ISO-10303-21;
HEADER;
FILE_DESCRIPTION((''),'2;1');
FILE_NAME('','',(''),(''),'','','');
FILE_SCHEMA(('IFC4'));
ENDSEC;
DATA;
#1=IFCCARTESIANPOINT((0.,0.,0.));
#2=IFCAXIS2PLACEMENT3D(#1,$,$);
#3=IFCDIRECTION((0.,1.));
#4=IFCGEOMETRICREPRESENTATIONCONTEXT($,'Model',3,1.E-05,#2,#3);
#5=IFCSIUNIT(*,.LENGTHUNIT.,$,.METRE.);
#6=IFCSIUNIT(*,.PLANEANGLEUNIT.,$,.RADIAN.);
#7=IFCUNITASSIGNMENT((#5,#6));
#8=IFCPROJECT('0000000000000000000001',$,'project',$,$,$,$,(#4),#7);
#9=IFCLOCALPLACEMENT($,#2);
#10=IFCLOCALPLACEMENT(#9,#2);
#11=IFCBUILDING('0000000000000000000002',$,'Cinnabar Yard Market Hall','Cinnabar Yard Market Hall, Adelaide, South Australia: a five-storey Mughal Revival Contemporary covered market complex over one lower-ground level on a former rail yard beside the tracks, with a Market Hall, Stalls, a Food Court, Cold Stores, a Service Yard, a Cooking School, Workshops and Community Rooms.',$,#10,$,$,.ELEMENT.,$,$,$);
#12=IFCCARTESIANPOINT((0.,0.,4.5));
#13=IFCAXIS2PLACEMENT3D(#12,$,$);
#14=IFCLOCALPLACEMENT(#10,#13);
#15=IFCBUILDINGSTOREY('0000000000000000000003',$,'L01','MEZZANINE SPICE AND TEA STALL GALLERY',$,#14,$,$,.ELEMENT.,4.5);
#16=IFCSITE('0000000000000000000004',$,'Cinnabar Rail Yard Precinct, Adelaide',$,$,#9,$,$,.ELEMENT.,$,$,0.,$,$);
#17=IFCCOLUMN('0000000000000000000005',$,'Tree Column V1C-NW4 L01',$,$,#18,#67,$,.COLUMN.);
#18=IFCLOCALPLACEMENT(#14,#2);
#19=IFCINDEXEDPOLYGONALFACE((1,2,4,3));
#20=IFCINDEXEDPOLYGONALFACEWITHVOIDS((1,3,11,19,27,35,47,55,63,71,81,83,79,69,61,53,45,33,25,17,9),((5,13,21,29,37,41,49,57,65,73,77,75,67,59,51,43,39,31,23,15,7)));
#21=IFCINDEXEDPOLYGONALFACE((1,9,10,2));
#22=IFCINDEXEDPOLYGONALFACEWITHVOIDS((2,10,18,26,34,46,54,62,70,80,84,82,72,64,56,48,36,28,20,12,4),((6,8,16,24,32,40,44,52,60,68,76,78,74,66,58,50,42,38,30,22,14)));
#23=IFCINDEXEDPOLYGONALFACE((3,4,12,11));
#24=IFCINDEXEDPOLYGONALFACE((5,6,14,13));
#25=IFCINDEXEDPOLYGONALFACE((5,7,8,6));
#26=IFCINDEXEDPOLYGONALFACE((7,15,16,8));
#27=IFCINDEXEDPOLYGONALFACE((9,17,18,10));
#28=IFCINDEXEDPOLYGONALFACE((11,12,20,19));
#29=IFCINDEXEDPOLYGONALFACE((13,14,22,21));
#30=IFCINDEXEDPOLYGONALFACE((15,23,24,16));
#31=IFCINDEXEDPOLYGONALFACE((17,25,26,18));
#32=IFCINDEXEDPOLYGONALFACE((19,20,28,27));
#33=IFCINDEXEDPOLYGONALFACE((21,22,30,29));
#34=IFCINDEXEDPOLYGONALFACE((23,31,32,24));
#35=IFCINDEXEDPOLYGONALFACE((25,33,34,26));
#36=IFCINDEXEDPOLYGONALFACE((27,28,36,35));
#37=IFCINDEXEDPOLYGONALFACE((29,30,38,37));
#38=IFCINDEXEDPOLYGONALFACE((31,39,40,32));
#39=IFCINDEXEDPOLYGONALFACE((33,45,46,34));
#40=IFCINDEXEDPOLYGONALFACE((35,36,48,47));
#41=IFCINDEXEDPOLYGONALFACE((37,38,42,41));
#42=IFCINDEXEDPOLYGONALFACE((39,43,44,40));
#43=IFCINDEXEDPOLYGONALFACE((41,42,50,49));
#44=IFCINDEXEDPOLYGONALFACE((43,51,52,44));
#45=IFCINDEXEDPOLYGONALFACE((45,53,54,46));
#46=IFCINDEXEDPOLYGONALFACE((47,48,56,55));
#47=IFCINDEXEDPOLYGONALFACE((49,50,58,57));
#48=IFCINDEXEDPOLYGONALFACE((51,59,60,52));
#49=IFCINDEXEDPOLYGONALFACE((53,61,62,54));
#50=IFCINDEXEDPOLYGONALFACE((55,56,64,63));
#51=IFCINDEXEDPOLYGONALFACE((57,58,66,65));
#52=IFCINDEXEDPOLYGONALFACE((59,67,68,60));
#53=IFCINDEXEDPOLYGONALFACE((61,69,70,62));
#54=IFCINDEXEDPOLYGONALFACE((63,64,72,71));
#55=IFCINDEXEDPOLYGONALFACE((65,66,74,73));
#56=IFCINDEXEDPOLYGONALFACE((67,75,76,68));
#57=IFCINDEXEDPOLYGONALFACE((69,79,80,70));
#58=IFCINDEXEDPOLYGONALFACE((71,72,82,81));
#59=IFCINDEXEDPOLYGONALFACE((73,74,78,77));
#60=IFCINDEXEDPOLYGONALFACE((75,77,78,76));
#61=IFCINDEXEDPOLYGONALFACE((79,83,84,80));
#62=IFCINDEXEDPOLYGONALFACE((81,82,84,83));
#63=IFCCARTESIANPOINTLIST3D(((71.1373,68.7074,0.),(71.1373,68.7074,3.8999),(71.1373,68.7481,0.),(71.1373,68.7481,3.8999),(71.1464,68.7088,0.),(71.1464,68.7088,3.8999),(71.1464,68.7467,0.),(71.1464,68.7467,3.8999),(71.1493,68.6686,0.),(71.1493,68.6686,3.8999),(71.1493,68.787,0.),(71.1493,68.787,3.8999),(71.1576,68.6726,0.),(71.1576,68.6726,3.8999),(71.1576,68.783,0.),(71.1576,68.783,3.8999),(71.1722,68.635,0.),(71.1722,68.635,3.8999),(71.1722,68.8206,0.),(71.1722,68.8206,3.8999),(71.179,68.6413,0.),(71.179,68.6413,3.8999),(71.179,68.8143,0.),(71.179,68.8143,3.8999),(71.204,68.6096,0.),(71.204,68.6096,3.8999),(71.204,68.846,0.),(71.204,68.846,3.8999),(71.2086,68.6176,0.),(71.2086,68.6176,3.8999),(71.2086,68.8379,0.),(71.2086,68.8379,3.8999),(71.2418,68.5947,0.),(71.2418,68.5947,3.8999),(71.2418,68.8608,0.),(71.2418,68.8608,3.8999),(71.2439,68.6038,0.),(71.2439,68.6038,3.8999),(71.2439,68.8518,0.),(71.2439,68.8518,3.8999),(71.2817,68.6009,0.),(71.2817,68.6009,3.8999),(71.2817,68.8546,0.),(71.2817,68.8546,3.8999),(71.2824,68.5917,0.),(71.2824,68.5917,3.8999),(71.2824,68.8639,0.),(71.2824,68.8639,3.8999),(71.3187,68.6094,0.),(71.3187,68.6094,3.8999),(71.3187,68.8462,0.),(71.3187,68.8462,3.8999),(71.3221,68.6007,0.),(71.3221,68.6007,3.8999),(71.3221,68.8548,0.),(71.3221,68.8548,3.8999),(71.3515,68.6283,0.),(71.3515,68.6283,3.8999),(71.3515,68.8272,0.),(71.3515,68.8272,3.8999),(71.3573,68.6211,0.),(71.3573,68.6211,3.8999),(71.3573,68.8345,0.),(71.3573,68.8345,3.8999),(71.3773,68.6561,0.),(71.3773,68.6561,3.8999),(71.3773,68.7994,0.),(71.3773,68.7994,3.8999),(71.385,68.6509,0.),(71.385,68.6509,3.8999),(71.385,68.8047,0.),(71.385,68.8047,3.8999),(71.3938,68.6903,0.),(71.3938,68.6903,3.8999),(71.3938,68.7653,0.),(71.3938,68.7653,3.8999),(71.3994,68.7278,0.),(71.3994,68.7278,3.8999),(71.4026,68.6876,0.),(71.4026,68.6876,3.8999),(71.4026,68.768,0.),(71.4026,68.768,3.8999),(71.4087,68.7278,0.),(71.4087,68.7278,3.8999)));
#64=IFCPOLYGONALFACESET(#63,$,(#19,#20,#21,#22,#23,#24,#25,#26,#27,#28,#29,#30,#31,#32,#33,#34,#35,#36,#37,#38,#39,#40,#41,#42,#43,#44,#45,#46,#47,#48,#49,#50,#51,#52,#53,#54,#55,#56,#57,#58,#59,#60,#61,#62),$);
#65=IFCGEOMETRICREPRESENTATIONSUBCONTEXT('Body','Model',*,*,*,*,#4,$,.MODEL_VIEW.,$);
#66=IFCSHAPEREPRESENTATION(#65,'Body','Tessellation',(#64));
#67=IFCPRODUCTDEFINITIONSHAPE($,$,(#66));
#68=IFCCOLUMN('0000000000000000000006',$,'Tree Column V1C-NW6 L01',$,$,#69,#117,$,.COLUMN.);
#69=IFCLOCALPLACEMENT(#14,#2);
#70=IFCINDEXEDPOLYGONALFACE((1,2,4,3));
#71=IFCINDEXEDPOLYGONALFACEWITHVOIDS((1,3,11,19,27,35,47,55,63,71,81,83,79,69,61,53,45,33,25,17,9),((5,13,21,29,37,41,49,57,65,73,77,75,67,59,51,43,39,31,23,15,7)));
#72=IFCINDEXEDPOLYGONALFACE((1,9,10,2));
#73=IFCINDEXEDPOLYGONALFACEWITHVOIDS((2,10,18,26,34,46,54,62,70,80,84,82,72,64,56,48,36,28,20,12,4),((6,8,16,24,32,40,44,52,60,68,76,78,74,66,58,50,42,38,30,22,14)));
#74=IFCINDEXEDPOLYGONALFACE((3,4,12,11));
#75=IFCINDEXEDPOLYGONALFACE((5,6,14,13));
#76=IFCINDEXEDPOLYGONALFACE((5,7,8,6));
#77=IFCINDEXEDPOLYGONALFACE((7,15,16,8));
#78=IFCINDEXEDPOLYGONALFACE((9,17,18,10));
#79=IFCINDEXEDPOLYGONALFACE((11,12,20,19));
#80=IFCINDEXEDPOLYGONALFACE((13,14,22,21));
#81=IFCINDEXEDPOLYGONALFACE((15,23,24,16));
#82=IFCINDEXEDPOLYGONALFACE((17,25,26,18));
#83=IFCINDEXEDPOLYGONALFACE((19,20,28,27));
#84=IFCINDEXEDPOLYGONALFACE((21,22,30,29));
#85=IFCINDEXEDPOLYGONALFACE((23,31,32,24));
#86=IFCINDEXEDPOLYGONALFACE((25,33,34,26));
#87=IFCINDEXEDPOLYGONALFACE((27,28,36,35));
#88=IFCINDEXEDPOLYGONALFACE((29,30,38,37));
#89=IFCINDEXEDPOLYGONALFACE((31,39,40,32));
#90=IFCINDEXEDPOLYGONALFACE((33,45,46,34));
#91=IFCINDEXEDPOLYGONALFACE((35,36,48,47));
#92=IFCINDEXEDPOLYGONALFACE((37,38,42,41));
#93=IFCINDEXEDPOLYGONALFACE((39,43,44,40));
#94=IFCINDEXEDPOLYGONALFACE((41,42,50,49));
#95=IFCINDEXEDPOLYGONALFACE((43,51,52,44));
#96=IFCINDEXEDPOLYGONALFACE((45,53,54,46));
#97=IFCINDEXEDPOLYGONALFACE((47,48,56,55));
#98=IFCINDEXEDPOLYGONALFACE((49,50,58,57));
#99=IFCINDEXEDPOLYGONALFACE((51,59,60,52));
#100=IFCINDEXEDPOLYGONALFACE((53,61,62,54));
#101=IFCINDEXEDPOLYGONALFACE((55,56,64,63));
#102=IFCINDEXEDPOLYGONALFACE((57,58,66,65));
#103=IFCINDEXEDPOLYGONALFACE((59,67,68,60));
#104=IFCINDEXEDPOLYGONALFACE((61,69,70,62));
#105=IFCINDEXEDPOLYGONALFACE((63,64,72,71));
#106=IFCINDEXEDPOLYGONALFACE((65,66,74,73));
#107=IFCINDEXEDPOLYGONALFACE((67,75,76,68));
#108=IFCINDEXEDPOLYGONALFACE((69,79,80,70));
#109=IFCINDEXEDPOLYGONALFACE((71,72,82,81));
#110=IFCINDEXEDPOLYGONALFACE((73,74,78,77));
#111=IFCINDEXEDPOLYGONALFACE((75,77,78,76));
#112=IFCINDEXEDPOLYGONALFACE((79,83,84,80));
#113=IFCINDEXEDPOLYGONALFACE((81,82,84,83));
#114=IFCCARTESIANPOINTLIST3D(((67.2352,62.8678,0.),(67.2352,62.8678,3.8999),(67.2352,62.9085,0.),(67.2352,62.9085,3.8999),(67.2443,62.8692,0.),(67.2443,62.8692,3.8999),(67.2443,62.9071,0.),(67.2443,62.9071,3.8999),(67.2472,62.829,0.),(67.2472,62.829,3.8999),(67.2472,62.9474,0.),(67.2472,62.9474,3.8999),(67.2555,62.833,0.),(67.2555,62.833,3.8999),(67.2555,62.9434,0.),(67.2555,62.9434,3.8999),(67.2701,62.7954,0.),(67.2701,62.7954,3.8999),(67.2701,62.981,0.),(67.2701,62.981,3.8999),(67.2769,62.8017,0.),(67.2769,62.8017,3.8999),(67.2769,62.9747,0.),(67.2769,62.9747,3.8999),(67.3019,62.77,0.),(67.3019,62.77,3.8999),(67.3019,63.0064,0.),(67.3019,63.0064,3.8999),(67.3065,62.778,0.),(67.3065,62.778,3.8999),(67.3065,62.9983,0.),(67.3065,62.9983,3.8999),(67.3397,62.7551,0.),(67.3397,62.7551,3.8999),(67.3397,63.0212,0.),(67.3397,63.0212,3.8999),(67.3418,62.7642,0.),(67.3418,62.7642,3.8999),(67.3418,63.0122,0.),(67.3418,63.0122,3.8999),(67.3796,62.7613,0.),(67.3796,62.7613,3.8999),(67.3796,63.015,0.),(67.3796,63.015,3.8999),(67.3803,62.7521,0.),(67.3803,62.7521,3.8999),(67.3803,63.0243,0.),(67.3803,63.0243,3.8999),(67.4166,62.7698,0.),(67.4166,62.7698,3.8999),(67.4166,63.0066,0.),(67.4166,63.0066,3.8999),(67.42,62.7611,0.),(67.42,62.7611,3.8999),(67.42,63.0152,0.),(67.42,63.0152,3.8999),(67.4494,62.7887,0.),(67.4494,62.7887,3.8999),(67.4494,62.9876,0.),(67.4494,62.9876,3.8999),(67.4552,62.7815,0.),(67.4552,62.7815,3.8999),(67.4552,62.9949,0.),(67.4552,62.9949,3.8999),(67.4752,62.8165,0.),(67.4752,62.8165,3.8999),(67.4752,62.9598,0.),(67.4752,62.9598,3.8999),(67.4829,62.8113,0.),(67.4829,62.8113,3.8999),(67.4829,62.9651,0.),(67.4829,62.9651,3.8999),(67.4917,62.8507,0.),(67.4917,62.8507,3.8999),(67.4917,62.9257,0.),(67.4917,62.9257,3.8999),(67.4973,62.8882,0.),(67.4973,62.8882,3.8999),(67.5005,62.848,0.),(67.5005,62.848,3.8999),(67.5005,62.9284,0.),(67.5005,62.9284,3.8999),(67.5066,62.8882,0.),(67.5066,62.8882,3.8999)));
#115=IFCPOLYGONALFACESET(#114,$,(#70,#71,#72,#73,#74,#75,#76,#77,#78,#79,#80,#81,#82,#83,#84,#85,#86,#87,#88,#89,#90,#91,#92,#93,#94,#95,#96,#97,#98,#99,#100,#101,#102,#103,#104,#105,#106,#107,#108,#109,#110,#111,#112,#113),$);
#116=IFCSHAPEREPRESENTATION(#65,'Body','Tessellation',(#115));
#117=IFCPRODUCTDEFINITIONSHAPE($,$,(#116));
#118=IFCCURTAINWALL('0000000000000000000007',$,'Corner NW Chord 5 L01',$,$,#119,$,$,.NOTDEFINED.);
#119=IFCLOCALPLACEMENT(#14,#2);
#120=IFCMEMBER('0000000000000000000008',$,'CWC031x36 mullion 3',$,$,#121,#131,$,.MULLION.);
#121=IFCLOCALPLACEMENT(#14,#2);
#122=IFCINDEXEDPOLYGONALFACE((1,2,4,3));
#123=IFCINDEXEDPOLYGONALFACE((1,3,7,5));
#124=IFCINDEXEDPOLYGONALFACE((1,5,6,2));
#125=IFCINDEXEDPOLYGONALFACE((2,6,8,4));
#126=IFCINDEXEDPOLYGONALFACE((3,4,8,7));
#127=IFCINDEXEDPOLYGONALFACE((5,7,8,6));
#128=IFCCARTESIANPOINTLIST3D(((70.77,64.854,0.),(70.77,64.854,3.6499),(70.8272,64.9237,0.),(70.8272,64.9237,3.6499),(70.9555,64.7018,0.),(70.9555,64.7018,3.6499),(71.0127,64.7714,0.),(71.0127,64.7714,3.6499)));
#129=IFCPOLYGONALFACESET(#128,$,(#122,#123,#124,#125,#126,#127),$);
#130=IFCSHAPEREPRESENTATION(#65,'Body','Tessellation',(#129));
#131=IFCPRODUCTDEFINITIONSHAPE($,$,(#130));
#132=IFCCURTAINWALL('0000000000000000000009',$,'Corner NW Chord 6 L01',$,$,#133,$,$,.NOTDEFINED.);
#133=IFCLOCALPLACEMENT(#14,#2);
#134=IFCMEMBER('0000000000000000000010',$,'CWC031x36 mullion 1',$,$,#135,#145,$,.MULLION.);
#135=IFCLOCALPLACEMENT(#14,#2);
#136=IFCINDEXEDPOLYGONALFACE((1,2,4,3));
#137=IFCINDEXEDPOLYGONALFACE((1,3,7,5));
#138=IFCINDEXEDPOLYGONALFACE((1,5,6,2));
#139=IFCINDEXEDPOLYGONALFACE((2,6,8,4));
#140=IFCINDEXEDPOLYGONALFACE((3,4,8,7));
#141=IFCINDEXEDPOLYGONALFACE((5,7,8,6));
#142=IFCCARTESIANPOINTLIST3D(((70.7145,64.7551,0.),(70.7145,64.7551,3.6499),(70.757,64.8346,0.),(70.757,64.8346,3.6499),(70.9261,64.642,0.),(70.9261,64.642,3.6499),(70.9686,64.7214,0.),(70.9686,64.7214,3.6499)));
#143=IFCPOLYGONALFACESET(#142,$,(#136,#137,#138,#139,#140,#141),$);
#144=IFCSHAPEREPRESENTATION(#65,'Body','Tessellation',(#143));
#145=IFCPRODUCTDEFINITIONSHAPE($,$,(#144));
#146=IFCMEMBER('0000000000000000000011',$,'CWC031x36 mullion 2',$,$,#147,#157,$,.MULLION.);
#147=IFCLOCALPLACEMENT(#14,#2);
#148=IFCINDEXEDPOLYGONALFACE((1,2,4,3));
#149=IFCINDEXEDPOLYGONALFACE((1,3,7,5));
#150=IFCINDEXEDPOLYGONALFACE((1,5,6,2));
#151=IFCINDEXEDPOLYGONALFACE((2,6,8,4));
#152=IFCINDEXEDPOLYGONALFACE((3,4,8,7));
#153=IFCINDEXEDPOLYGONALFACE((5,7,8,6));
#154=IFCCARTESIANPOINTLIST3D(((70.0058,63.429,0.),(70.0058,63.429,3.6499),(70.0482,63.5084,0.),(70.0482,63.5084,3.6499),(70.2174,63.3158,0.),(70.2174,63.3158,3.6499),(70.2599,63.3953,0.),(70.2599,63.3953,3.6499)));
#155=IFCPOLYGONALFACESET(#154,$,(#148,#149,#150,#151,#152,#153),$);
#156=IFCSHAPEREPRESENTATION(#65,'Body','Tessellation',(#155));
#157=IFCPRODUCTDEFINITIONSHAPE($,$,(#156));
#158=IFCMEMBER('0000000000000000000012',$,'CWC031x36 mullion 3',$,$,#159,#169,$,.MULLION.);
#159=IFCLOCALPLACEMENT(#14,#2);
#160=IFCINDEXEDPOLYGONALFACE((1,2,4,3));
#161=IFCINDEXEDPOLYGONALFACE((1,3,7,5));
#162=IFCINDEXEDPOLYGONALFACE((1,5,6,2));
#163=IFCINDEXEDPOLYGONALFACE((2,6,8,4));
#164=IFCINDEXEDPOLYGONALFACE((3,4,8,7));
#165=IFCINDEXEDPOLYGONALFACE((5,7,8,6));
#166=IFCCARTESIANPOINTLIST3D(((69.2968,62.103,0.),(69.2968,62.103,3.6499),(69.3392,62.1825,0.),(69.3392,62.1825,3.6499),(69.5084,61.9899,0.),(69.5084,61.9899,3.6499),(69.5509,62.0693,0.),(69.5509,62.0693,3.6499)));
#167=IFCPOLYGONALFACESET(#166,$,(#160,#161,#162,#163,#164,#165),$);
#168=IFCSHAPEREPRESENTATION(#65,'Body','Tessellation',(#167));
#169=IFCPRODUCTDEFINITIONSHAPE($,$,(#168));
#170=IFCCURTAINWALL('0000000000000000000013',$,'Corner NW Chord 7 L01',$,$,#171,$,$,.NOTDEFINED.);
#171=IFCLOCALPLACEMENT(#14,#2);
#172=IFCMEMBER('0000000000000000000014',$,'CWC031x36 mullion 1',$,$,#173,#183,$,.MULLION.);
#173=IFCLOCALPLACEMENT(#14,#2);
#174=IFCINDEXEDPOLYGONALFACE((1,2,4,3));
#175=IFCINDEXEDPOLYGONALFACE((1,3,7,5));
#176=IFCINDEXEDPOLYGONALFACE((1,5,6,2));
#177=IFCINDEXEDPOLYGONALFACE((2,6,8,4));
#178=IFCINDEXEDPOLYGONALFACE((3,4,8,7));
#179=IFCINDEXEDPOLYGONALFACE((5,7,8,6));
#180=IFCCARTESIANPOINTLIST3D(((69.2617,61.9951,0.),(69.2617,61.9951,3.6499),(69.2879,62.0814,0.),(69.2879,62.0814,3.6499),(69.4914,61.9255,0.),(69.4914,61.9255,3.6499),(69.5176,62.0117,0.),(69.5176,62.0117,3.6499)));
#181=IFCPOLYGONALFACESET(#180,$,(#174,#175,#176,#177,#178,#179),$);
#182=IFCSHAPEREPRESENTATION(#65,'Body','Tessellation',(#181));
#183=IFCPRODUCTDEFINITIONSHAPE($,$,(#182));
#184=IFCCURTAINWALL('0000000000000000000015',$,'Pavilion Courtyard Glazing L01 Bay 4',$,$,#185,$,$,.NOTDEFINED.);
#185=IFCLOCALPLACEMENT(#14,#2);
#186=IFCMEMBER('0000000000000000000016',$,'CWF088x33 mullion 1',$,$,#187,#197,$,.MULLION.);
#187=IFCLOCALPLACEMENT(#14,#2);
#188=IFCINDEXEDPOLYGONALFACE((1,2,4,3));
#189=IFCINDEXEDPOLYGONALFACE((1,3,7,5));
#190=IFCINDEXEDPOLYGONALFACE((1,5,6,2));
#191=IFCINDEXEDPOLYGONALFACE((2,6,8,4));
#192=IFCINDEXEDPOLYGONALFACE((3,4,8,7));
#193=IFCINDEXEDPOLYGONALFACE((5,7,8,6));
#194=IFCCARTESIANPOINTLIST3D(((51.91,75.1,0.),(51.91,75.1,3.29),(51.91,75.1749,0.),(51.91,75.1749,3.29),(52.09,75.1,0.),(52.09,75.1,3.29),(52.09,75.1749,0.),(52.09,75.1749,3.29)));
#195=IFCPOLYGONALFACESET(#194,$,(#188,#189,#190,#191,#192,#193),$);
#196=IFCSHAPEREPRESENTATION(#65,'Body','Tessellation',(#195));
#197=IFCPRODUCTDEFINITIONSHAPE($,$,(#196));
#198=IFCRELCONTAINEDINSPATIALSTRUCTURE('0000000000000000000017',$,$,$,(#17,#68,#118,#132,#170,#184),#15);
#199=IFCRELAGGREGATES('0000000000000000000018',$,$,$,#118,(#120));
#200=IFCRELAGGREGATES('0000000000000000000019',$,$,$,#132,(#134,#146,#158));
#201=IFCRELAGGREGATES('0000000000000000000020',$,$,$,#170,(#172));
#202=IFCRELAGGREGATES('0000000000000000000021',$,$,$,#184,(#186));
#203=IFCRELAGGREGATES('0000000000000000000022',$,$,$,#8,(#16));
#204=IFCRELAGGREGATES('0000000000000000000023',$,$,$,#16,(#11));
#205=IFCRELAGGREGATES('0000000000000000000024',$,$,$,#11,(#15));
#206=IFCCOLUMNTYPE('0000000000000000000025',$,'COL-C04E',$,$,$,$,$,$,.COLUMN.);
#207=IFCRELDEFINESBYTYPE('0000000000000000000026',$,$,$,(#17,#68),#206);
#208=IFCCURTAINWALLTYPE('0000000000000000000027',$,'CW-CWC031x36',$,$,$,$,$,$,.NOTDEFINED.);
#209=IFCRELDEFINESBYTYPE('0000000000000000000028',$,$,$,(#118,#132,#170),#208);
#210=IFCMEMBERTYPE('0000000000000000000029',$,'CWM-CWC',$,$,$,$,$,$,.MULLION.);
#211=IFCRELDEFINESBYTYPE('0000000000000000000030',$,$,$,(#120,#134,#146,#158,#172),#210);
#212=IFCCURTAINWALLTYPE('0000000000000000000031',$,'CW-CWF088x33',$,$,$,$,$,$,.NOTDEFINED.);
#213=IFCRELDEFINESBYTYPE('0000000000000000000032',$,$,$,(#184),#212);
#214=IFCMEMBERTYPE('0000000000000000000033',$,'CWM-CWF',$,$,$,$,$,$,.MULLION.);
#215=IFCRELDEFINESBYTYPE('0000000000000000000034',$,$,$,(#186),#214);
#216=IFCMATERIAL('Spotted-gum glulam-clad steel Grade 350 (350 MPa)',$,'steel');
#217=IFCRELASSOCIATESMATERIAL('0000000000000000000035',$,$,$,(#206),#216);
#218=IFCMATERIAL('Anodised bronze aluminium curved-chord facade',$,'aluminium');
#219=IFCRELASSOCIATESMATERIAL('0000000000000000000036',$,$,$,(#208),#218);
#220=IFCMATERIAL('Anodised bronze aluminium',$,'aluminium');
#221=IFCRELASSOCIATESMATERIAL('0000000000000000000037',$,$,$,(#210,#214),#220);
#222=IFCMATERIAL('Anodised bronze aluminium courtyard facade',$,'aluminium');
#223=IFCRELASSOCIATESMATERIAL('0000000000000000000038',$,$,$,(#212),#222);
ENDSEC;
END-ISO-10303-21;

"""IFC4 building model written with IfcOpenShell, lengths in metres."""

from ifc_helpers import new_model, si_unit, direction, frame, origin, origin_2d_with_axis, place, context, subcontext, project, spatial, rectangle, hollow_circle, extrude, material, material_profile, profile_set, type_object, element, aggregate, save


model = new_model("IFC4")

# Units and contexts
model_context = context("Model", 3, precision=1e-05, world=origin(), true_north=direction((0.0, 1.0)))
body_context = subcontext(model_context, "Body", "Model", "MODEL_VIEW")
ifc_project = project(units=[si_unit("LENGTHUNIT", "METRE"), si_unit("PLANEANGLEUNIT", "RADIAN")], contexts=[model_context])

# Site, building, storey
site_placement = place(None, origin())
site = spatial("IfcSite", under=ifc_project, at=site_placement, Name="Cinnabar Rail Yard Precinct, Adelaide", CompositionType="ELEMENT", RefElevation=0.0)
building_placement = place(site_placement, origin())
building = spatial("IfcBuilding", under=site, at=building_placement, Name="Cinnabar Yard Market Hall", Description="Cinnabar Yard Market Hall, Adelaide, South Australia: a five-storey Mughal Revival Contemporary covered market complex over one lower-ground level on a former rail yard beside the tracks, with a Market Hall, Stalls, a Food Court, Cold Stores, a Service Yard, a Cooking School, Workshops and Community Rooms.", CompositionType="ELEMENT")
storey_placement = place(building_placement, frame((0.0, 0.0, 4.5)))
storey = spatial("IfcBuildingStorey", under=building, at=storey_placement, Name="L01", Description="MEZZANINE SPICE AND TEA STALL GALLERY", CompositionType="ELEMENT", Elevation=4.5)

# Columns
ifc_material_1 = material(Name="Spotted-gum glulam-clad steel Grade 350 (350 MPa)", Category="steel")
ifc_material_profile_1 = material_profile(ifc_material_1, hollow_circle(Radius=0.1365, WallThickness=0.0093, at=origin_2d_with_axis()), Name="273.1x9.3CHS")
ifc_profile_set_1 = profile_set([ifc_material_profile_1], Name="Spotted-gum glulam-clad steel Grade 350 (350 MPa)")
column_type = type_object("IfcColumnType", Name="COL-C04E", PredefinedType="COLUMN", material=ifc_profile_set_1)
for number, where, z_axis, x_axis, name in (
    (1, (71.2722, 68.7278, 0.0), (0.0, 0.0, 1.0), (1.0, 0.0, 0.0), "Tree Column V1C-NW4 L01"),
    (2, (67.3701, 62.8882, 0.0), (0.0, 0.0, 1.0), (1.0, 0.0, 0.0), "Tree Column V1C-NW6 L01"),
):
    element("IfcColumn", number, at=place(storey_placement, frame(where, z_axis=z_axis, x_axis=x_axis)), inside=storey, type_object=column_type, Name=name, PredefinedType="COLUMN", context=body_context, shape_type="SweptSolid", body=[
        extrude(hollow_circle(Radius=0.1365, WallThickness=0.0093, at=origin_2d_with_axis()), origin(), (0.0, 0.0, 1.0), 3.8999),
    ])

# Curtain wall, member
ifc_material_2 = material(Name="Anodised bronze aluminium curved-chord facade", Category="aluminium")
curtain_wall_type_1 = type_object("IfcCurtainWallType", Name="CW-CWC031x36", PredefinedType="NOTDEFINED", material=ifc_material_2)
curtain_wall_1_placement = place(storey_placement, origin())
curtain_wall_1 = element("IfcCurtainWall", 3, at=curtain_wall_1_placement, inside=storey, type_object=curtain_wall_type_1, Name="Corner NW Chord 5 L01", PredefinedType="NOTDEFINED")
ifc_material_3 = material(Name="Anodised bronze aluminium", Category="aluminium")
ifc_material_profile_2 = material_profile(ifc_material_3, rectangle(XDim=0.24, YDim=0.0901, at=origin_2d_with_axis()), Name="MUL-CWC")
ifc_profile_set_2 = profile_set([ifc_material_profile_2], Name="Anodised bronze aluminium")
member_type_1 = type_object("IfcMemberType", Name="CWM-CWC", PredefinedType="MULLION", material=ifc_profile_set_2)
member_1_placement = place(storey_placement, frame((70.8914, 64.8127, 0.0), z_axis=(0.0, 0.0, 1.0), x_axis=(0.773019, -0.634383, 0.0)))
member_1 = element("IfcMember", 4, at=member_1_placement, type_object=member_type_1, Name="CWC031x36 mullion 3", PredefinedType="MULLION", context=body_context, shape_type="SweptSolid", body=[
    extrude(rectangle(XDim=0.24, YDim=0.0901, at=origin_2d_with_axis()), origin(), (0.0, 0.0, 1.0), 3.6499),
])

# Curtain wall, members
curtain_wall_2_placement = place(storey_placement, origin())
curtain_wall_2 = element("IfcCurtainWall", 5, at=curtain_wall_2_placement, inside=storey, type_object=curtain_wall_type_1, Name="Corner NW Chord 6 L01", PredefinedType="NOTDEFINED")
member_2_placement = place(storey_placement, frame((70.8416, 64.7383, 0.0), z_axis=(0.0, 0.0, 1.0), x_axis=(0.881917, -0.471404, 0.0)))
member_2 = element("IfcMember", 6, at=member_2_placement, type_object=member_type_1, Name="CWC031x36 mullion 1", PredefinedType="MULLION", context=body_context, shape_type="SweptSolid", body=[
    extrude(rectangle(XDim=0.24, YDim=0.0901, at=origin_2d_with_axis()), origin(), (0.0, 0.0, 1.0), 3.6499),
])
member_3_placement = place(storey_placement, frame((70.1328, 63.4121, 0.0), z_axis=(0.0, 0.0, 1.0), x_axis=(0.881917, -0.471404, 0.0)))
member_3 = element("IfcMember", 7, at=member_3_placement, type_object=member_type_1, Name="CWC031x36 mullion 2", PredefinedType="MULLION", context=body_context, shape_type="SweptSolid", body=[
    extrude(rectangle(XDim=0.24, YDim=0.0901, at=origin_2d_with_axis()), origin(), (0.0, 0.0, 1.0), 3.6499),
])
member_4_placement = place(storey_placement, frame((69.4238, 62.0862, 0.0), z_axis=(0.0, 0.0, 1.0), x_axis=(0.881917, -0.471404, 0.0)))
member_4 = element("IfcMember", 8, at=member_4_placement, type_object=member_type_1, Name="CWC031x36 mullion 3", PredefinedType="MULLION", context=body_context, shape_type="SweptSolid", body=[
    extrude(rectangle(XDim=0.24, YDim=0.0901, at=origin_2d_with_axis()), origin(), (0.0, 0.0, 1.0), 3.6499),
])

# Curtain wall, member
curtain_wall_3_placement = place(storey_placement, origin())
curtain_wall_3 = element("IfcCurtainWall", 9, at=curtain_wall_3_placement, inside=storey, type_object=curtain_wall_type_1, Name="Corner NW Chord 7 L01", PredefinedType="NOTDEFINED")
member_5_placement = place(storey_placement, frame((69.3896, 62.0034, 0.0), z_axis=(0.0, 0.0, 1.0), x_axis=(0.956942, -0.290279, 0.0)))
member_5 = element("IfcMember", 10, at=member_5_placement, type_object=member_type_1, Name="CWC031x36 mullion 1", PredefinedType="MULLION", context=body_context, shape_type="SweptSolid", body=[
    extrude(rectangle(XDim=0.24, YDim=0.0901, at=origin_2d_with_axis()), origin(), (0.0, 0.0, 1.0), 3.6499),
])

# Curtain wall, member
ifc_material_4 = material(Name="Anodised bronze aluminium courtyard facade", Category="aluminium")
curtain_wall_type_2 = type_object("IfcCurtainWallType", Name="CW-CWF088x33", PredefinedType="NOTDEFINED", material=ifc_material_4)
curtain_wall_4_placement = place(storey_placement, origin())
curtain_wall_4 = element("IfcCurtainWall", 11, at=curtain_wall_4_placement, inside=storey, type_object=curtain_wall_type_2, Name="Pavilion Courtyard Glazing L01 Bay 4", PredefinedType="NOTDEFINED")
ifc_material_profile_3 = material_profile(ifc_material_3, rectangle(XDim=0.1799, YDim=0.075, at=origin_2d_with_axis()), Name="MUL-CWF")
ifc_profile_set_3 = profile_set([ifc_material_profile_3], Name="Anodised bronze aluminium")
member_type_2 = type_object("IfcMemberType", Name="CWM-CWF", PredefinedType="MULLION", material=ifc_profile_set_3)
member_6_placement = place(storey_placement, frame((52.0, 75.1375, 0.0), z_axis=(0.0, 0.0, 1.0), x_axis=(-1.0, 0.0, 0.0)))
member_6 = element("IfcMember", 12, at=member_6_placement, type_object=member_type_2, Name="CWF088x33 mullion 1", PredefinedType="MULLION", context=body_context, shape_type="SweptSolid", body=[
    extrude(rectangle(XDim=0.1799, YDim=0.075, at=origin_2d_with_axis()), origin(), (0.0, 0.0, 1.0), 3.29),
])

aggregate(curtain_wall_1, [member_1])
aggregate(curtain_wall_2, [member_2, member_3, member_4])
aggregate(curtain_wall_3, [member_5])
aggregate(curtain_wall_4, [member_6])

save(model, "model.ifc")
